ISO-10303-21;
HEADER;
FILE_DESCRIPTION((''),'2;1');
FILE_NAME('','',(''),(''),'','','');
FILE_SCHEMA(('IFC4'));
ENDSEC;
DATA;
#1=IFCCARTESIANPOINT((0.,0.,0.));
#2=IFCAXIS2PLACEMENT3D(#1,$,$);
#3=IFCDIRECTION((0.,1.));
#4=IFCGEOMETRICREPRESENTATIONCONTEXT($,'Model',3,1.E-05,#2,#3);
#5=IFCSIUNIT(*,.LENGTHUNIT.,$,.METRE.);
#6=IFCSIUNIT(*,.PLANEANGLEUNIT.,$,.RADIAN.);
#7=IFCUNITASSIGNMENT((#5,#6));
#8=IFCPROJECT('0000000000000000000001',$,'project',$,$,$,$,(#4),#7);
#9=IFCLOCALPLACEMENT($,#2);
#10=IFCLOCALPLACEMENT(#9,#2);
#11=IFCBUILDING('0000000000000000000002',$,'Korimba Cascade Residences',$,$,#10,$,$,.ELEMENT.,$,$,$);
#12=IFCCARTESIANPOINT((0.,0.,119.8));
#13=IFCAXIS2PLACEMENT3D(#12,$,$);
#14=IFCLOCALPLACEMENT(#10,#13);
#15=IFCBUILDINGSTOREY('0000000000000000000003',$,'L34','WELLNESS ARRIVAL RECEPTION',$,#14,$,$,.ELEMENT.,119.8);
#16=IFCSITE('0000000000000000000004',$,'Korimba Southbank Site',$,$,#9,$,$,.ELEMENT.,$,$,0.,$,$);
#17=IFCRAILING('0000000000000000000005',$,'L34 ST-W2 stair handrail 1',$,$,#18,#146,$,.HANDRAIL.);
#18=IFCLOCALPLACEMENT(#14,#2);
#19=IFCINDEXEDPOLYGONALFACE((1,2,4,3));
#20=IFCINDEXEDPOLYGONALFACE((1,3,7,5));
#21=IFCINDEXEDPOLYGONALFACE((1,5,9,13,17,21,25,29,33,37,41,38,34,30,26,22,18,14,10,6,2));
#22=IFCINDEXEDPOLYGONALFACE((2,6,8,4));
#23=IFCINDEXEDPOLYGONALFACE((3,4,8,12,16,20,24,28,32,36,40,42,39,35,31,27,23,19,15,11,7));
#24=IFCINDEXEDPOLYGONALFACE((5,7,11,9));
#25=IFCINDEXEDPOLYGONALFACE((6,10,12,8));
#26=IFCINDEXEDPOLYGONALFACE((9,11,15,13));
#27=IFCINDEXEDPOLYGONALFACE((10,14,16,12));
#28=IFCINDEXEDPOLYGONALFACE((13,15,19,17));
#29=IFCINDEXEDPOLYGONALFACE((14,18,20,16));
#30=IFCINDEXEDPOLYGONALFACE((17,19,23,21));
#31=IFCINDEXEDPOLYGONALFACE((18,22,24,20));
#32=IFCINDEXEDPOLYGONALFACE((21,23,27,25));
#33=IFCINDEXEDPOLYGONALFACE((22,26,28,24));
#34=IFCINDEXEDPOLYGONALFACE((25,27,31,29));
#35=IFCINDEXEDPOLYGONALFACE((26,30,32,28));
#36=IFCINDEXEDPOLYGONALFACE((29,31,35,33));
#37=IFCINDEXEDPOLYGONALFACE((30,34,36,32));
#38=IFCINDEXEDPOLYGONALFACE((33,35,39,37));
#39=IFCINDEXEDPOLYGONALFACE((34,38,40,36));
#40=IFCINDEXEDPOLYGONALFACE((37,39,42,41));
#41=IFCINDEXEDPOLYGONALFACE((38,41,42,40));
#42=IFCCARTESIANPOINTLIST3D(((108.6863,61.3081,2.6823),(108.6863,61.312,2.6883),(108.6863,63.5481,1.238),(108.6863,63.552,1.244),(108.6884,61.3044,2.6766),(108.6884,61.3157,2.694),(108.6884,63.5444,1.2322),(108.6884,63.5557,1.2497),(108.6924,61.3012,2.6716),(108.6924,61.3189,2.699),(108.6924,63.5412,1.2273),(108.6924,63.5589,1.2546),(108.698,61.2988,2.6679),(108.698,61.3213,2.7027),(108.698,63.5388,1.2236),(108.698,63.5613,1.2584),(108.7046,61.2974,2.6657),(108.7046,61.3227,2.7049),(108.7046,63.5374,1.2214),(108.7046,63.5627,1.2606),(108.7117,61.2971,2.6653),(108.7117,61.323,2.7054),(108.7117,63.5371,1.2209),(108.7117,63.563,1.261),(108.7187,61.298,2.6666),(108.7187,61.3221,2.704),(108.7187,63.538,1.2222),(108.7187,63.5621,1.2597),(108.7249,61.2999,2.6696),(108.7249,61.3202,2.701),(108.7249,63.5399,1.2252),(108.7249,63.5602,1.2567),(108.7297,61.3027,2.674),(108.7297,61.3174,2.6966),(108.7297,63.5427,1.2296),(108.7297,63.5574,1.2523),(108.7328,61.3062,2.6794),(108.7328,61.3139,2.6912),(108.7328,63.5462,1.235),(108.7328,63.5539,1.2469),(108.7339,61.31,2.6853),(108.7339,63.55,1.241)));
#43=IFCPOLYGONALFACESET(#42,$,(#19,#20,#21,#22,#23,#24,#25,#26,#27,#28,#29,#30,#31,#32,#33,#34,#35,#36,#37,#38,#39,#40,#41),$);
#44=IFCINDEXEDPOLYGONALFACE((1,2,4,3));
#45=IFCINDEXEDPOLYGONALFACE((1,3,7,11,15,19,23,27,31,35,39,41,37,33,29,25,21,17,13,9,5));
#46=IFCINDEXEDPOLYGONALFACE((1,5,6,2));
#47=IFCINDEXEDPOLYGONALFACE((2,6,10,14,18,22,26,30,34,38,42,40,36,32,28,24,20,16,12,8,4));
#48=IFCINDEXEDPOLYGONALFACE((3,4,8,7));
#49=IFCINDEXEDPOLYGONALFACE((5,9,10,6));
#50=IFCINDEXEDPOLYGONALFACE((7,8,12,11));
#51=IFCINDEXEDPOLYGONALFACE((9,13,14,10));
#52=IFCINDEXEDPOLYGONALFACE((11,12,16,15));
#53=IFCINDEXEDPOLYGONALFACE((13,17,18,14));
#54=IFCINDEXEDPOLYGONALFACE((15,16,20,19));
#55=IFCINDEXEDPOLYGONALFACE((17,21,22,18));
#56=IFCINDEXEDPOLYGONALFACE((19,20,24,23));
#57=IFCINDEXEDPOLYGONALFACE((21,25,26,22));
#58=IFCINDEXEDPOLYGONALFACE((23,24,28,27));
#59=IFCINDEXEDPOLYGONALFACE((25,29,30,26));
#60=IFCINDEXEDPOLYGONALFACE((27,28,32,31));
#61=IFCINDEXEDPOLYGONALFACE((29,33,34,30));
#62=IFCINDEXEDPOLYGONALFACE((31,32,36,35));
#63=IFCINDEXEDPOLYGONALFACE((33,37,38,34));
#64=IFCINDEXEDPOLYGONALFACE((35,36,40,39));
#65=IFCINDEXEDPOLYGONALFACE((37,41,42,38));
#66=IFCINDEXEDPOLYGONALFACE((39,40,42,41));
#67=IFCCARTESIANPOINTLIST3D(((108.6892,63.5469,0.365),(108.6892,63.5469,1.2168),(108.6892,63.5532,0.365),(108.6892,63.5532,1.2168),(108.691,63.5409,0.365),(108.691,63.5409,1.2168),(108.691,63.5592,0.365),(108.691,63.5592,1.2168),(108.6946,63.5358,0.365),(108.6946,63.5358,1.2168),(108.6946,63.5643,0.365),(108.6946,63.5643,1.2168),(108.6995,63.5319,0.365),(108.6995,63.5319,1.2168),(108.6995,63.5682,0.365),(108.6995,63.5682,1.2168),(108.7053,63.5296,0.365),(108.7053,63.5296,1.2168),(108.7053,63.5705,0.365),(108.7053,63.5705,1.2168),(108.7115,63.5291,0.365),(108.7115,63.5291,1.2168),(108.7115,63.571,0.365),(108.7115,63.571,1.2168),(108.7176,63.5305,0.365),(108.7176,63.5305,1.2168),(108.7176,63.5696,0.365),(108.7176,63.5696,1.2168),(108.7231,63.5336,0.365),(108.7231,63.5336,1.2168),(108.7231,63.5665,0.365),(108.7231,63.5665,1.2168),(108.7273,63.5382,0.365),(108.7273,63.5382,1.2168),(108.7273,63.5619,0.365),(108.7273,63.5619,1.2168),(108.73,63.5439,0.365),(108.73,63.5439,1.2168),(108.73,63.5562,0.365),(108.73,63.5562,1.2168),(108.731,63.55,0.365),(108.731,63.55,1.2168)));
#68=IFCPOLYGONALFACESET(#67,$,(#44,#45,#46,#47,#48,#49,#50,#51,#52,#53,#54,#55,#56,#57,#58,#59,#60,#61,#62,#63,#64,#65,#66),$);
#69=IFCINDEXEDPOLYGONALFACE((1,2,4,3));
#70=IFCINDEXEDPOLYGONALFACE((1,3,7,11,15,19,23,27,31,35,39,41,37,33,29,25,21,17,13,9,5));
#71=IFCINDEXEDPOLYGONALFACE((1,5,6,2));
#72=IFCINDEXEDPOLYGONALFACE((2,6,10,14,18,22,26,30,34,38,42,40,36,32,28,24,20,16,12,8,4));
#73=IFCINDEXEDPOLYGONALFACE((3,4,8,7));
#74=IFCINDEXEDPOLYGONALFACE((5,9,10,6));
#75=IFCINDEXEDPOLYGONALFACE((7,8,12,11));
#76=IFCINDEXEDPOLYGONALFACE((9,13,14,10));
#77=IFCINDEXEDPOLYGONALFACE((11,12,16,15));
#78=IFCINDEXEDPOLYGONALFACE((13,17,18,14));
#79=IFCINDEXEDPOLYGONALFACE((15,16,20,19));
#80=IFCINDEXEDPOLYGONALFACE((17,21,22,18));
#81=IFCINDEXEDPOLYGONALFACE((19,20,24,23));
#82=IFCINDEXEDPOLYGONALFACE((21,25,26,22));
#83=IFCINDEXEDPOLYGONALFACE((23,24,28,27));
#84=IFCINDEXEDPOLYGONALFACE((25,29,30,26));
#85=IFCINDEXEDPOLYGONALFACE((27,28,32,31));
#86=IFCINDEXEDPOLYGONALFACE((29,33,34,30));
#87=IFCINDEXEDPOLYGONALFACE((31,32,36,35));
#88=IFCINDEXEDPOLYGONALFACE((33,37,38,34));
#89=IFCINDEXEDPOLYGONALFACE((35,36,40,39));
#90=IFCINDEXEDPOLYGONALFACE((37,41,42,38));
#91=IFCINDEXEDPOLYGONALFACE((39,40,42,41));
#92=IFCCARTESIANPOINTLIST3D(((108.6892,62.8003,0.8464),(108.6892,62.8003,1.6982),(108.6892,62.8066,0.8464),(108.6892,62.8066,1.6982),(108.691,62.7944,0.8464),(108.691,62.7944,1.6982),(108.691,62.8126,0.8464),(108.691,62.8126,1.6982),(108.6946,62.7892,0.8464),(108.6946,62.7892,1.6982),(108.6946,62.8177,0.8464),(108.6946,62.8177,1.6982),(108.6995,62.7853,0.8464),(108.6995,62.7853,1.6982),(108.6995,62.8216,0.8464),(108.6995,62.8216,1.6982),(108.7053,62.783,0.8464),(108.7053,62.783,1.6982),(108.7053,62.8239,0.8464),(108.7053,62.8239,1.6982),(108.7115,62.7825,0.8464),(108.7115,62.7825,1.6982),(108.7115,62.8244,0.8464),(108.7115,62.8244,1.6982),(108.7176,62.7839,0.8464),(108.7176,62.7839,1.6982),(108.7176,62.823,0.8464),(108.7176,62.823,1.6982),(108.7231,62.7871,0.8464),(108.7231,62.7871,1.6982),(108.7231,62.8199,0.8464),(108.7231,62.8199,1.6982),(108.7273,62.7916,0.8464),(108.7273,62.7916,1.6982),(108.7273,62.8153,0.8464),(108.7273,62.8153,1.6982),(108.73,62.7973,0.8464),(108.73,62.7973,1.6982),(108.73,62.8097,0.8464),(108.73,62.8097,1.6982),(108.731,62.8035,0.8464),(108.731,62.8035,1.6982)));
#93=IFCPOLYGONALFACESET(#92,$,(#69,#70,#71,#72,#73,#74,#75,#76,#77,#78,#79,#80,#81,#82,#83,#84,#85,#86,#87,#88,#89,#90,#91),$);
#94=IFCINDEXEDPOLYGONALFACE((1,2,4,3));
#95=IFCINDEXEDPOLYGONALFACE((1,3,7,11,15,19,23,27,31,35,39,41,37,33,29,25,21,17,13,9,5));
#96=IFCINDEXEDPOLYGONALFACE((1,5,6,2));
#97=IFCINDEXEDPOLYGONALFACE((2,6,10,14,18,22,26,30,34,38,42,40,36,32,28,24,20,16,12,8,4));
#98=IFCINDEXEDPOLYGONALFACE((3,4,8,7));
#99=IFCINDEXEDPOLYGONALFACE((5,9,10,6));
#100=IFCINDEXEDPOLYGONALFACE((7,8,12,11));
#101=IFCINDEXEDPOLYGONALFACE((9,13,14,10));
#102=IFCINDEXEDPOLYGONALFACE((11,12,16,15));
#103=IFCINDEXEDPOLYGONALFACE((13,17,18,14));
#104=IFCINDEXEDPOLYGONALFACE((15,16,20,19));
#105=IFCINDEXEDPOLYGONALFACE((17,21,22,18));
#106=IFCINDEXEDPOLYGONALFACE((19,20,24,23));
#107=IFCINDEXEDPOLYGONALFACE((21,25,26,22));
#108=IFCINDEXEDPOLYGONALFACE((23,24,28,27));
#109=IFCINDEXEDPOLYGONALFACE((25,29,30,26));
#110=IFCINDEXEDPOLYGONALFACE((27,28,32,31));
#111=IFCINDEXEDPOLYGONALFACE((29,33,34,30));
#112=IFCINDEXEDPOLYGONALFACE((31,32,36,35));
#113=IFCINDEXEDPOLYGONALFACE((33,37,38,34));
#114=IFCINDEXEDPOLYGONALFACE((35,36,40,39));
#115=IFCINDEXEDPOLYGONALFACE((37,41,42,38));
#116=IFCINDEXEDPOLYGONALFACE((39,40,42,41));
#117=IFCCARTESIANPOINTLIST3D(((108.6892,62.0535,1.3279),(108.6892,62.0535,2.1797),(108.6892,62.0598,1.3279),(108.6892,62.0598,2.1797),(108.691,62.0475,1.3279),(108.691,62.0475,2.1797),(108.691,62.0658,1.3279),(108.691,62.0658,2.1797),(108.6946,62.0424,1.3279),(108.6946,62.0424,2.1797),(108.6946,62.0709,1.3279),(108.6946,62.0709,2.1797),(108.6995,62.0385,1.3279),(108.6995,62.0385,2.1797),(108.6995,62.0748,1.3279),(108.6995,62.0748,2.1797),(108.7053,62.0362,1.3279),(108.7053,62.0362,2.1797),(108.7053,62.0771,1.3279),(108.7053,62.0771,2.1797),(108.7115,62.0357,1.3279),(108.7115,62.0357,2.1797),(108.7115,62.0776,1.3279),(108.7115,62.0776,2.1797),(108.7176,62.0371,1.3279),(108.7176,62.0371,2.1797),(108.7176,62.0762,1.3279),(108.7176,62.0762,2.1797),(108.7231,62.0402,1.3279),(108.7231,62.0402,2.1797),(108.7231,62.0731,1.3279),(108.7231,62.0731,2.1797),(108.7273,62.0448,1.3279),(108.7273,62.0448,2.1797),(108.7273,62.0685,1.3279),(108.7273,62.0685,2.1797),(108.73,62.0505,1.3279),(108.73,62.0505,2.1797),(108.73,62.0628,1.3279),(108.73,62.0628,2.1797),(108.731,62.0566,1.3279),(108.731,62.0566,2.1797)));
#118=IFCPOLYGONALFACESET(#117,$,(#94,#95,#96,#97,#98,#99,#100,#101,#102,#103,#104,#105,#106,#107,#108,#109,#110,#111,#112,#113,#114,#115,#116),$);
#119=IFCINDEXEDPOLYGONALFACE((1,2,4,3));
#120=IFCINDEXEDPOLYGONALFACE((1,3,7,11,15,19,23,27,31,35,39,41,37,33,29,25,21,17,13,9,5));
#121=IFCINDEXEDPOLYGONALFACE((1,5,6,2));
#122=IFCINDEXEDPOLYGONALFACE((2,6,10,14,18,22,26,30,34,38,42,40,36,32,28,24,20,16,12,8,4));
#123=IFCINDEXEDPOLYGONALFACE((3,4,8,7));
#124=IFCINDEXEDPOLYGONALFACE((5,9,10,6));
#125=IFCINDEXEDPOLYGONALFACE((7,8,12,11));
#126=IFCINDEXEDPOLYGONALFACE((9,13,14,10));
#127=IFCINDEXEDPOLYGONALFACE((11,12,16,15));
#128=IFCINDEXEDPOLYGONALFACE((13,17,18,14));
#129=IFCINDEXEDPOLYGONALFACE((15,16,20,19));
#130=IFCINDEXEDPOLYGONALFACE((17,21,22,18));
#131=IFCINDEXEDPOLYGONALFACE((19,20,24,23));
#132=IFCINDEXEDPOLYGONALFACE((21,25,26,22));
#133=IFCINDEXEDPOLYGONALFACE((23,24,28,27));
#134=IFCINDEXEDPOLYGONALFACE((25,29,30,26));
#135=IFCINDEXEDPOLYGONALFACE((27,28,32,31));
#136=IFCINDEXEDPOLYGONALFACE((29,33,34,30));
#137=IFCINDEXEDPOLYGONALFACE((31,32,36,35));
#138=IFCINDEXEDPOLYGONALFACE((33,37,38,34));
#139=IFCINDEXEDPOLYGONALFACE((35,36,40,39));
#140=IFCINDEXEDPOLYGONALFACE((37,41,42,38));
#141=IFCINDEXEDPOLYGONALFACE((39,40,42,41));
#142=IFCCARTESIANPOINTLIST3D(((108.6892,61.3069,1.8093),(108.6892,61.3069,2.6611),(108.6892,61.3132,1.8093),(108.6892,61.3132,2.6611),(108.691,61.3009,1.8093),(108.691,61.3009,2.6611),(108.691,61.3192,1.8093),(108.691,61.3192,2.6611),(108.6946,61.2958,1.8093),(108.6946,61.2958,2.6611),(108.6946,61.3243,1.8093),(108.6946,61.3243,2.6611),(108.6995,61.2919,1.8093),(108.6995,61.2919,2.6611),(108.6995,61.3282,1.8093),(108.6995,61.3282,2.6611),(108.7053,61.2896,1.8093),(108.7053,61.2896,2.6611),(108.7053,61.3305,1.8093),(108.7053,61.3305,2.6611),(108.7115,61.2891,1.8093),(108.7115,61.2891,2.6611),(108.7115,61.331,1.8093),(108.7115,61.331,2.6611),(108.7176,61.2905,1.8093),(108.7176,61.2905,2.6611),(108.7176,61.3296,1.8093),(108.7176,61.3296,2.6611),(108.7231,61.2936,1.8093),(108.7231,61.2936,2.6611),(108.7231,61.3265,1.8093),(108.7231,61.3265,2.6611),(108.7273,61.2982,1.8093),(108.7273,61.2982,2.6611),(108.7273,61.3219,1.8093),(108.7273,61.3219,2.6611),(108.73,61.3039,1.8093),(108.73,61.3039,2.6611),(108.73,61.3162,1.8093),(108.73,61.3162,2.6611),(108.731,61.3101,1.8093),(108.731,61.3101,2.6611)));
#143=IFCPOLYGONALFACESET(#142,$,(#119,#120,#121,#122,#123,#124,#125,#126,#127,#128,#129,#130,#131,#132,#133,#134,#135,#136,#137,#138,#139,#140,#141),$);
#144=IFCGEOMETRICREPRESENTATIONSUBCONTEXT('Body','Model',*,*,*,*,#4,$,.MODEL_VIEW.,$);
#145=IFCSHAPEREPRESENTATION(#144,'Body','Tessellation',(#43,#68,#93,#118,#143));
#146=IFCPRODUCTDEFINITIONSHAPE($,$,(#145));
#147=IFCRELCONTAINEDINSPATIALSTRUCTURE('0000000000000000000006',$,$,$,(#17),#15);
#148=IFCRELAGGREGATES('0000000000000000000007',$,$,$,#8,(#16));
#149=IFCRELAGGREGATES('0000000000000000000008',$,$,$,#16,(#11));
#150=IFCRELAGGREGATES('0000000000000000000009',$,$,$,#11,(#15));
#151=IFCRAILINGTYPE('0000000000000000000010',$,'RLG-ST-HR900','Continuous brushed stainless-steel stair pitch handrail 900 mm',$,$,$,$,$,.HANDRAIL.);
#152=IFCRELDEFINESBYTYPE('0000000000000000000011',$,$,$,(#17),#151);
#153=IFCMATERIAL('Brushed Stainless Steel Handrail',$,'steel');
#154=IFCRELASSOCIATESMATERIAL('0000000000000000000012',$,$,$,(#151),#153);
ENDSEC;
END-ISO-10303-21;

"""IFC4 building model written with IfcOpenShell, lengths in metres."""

from ifc_helpers import new_model, si_unit, direction, frame, origin, origin_2d, place, context, subcontext, project, spatial, circle, extrude, material, type_object, element, save


model = new_model("IFC4")

# Units and contexts
model_context = context("Model", 3, precision=1e-05, world=origin(), true_north=direction((0.0, 1.0)))
body_context = subcontext(model_context, "Body", "Model", "MODEL_VIEW")
ifc_project = project(units=[si_unit("LENGTHUNIT", "METRE"), si_unit("PLANEANGLEUNIT", "RADIAN")], contexts=[model_context])

# Site, building, storey
site_placement = place(None, origin())
site = spatial("IfcSite", under=ifc_project, at=site_placement, Name="Korimba Southbank Site", CompositionType="ELEMENT", RefElevation=0.0)
building_placement = place(site_placement, origin())
building = spatial("IfcBuilding", under=site, at=building_placement, Name="Korimba Cascade Residences", CompositionType="ELEMENT")
storey_placement = place(building_placement, frame((0.0, 0.0, 119.8)))
storey = spatial("IfcBuildingStorey", under=building, at=storey_placement, Name="L34", Description="WELLNESS ARRIVAL RECEPTION", CompositionType="ELEMENT", Elevation=119.8)

# Railing
ifc_material_1 = material(Name="Brushed Stainless Steel Handrail", Category="steel")
railing_type_1 = type_object("IfcRailingType", Name="RLG-ST-HR900", Description="Continuous brushed stainless-steel stair pitch handrail 900 mm", PredefinedType="HANDRAIL", material=ifc_material_1)
railing_1_placement = place(storey_placement, frame((108.71, 63.55, 0.365)))
element("IfcRailing", 1, at=railing_1_placement, inside=storey, type_object=railing_type_1, Name="L34 ST-W2 stair handrail 1", PredefinedType="HANDRAIL", context=body_context, shape_type="SweptSolid", body=[
    extrude(circle(Radius=0.0239, at=origin_2d()), frame((0.0, 0.0, 0.876), z_axis=(0.0, -0.840437, 0.54191), x_axis=(1.0, 0.0, 0.0)), (0.0, 0.0, 1.0), 2.6653),
    extrude(circle(Radius=0.021, at=origin_2d()), origin(), (0.0, 0.0, 1.0), 0.8518),
    extrude(circle(Radius=0.021, at=origin_2d()), frame((0.0, -0.7466, 0.4814)), (0.0, 0.0, 1.0), 0.8518),
    extrude(circle(Radius=0.021, at=origin_2d()), frame((0.0, -1.4934, 0.9629)), (0.0, 0.0, 1.0), 0.8518),
    extrude(circle(Radius=0.021, at=origin_2d()), frame((0.0, -2.24, 1.4443)), (0.0, 0.0, 1.0), 0.8518),
])

save(model, "model.ifc")
